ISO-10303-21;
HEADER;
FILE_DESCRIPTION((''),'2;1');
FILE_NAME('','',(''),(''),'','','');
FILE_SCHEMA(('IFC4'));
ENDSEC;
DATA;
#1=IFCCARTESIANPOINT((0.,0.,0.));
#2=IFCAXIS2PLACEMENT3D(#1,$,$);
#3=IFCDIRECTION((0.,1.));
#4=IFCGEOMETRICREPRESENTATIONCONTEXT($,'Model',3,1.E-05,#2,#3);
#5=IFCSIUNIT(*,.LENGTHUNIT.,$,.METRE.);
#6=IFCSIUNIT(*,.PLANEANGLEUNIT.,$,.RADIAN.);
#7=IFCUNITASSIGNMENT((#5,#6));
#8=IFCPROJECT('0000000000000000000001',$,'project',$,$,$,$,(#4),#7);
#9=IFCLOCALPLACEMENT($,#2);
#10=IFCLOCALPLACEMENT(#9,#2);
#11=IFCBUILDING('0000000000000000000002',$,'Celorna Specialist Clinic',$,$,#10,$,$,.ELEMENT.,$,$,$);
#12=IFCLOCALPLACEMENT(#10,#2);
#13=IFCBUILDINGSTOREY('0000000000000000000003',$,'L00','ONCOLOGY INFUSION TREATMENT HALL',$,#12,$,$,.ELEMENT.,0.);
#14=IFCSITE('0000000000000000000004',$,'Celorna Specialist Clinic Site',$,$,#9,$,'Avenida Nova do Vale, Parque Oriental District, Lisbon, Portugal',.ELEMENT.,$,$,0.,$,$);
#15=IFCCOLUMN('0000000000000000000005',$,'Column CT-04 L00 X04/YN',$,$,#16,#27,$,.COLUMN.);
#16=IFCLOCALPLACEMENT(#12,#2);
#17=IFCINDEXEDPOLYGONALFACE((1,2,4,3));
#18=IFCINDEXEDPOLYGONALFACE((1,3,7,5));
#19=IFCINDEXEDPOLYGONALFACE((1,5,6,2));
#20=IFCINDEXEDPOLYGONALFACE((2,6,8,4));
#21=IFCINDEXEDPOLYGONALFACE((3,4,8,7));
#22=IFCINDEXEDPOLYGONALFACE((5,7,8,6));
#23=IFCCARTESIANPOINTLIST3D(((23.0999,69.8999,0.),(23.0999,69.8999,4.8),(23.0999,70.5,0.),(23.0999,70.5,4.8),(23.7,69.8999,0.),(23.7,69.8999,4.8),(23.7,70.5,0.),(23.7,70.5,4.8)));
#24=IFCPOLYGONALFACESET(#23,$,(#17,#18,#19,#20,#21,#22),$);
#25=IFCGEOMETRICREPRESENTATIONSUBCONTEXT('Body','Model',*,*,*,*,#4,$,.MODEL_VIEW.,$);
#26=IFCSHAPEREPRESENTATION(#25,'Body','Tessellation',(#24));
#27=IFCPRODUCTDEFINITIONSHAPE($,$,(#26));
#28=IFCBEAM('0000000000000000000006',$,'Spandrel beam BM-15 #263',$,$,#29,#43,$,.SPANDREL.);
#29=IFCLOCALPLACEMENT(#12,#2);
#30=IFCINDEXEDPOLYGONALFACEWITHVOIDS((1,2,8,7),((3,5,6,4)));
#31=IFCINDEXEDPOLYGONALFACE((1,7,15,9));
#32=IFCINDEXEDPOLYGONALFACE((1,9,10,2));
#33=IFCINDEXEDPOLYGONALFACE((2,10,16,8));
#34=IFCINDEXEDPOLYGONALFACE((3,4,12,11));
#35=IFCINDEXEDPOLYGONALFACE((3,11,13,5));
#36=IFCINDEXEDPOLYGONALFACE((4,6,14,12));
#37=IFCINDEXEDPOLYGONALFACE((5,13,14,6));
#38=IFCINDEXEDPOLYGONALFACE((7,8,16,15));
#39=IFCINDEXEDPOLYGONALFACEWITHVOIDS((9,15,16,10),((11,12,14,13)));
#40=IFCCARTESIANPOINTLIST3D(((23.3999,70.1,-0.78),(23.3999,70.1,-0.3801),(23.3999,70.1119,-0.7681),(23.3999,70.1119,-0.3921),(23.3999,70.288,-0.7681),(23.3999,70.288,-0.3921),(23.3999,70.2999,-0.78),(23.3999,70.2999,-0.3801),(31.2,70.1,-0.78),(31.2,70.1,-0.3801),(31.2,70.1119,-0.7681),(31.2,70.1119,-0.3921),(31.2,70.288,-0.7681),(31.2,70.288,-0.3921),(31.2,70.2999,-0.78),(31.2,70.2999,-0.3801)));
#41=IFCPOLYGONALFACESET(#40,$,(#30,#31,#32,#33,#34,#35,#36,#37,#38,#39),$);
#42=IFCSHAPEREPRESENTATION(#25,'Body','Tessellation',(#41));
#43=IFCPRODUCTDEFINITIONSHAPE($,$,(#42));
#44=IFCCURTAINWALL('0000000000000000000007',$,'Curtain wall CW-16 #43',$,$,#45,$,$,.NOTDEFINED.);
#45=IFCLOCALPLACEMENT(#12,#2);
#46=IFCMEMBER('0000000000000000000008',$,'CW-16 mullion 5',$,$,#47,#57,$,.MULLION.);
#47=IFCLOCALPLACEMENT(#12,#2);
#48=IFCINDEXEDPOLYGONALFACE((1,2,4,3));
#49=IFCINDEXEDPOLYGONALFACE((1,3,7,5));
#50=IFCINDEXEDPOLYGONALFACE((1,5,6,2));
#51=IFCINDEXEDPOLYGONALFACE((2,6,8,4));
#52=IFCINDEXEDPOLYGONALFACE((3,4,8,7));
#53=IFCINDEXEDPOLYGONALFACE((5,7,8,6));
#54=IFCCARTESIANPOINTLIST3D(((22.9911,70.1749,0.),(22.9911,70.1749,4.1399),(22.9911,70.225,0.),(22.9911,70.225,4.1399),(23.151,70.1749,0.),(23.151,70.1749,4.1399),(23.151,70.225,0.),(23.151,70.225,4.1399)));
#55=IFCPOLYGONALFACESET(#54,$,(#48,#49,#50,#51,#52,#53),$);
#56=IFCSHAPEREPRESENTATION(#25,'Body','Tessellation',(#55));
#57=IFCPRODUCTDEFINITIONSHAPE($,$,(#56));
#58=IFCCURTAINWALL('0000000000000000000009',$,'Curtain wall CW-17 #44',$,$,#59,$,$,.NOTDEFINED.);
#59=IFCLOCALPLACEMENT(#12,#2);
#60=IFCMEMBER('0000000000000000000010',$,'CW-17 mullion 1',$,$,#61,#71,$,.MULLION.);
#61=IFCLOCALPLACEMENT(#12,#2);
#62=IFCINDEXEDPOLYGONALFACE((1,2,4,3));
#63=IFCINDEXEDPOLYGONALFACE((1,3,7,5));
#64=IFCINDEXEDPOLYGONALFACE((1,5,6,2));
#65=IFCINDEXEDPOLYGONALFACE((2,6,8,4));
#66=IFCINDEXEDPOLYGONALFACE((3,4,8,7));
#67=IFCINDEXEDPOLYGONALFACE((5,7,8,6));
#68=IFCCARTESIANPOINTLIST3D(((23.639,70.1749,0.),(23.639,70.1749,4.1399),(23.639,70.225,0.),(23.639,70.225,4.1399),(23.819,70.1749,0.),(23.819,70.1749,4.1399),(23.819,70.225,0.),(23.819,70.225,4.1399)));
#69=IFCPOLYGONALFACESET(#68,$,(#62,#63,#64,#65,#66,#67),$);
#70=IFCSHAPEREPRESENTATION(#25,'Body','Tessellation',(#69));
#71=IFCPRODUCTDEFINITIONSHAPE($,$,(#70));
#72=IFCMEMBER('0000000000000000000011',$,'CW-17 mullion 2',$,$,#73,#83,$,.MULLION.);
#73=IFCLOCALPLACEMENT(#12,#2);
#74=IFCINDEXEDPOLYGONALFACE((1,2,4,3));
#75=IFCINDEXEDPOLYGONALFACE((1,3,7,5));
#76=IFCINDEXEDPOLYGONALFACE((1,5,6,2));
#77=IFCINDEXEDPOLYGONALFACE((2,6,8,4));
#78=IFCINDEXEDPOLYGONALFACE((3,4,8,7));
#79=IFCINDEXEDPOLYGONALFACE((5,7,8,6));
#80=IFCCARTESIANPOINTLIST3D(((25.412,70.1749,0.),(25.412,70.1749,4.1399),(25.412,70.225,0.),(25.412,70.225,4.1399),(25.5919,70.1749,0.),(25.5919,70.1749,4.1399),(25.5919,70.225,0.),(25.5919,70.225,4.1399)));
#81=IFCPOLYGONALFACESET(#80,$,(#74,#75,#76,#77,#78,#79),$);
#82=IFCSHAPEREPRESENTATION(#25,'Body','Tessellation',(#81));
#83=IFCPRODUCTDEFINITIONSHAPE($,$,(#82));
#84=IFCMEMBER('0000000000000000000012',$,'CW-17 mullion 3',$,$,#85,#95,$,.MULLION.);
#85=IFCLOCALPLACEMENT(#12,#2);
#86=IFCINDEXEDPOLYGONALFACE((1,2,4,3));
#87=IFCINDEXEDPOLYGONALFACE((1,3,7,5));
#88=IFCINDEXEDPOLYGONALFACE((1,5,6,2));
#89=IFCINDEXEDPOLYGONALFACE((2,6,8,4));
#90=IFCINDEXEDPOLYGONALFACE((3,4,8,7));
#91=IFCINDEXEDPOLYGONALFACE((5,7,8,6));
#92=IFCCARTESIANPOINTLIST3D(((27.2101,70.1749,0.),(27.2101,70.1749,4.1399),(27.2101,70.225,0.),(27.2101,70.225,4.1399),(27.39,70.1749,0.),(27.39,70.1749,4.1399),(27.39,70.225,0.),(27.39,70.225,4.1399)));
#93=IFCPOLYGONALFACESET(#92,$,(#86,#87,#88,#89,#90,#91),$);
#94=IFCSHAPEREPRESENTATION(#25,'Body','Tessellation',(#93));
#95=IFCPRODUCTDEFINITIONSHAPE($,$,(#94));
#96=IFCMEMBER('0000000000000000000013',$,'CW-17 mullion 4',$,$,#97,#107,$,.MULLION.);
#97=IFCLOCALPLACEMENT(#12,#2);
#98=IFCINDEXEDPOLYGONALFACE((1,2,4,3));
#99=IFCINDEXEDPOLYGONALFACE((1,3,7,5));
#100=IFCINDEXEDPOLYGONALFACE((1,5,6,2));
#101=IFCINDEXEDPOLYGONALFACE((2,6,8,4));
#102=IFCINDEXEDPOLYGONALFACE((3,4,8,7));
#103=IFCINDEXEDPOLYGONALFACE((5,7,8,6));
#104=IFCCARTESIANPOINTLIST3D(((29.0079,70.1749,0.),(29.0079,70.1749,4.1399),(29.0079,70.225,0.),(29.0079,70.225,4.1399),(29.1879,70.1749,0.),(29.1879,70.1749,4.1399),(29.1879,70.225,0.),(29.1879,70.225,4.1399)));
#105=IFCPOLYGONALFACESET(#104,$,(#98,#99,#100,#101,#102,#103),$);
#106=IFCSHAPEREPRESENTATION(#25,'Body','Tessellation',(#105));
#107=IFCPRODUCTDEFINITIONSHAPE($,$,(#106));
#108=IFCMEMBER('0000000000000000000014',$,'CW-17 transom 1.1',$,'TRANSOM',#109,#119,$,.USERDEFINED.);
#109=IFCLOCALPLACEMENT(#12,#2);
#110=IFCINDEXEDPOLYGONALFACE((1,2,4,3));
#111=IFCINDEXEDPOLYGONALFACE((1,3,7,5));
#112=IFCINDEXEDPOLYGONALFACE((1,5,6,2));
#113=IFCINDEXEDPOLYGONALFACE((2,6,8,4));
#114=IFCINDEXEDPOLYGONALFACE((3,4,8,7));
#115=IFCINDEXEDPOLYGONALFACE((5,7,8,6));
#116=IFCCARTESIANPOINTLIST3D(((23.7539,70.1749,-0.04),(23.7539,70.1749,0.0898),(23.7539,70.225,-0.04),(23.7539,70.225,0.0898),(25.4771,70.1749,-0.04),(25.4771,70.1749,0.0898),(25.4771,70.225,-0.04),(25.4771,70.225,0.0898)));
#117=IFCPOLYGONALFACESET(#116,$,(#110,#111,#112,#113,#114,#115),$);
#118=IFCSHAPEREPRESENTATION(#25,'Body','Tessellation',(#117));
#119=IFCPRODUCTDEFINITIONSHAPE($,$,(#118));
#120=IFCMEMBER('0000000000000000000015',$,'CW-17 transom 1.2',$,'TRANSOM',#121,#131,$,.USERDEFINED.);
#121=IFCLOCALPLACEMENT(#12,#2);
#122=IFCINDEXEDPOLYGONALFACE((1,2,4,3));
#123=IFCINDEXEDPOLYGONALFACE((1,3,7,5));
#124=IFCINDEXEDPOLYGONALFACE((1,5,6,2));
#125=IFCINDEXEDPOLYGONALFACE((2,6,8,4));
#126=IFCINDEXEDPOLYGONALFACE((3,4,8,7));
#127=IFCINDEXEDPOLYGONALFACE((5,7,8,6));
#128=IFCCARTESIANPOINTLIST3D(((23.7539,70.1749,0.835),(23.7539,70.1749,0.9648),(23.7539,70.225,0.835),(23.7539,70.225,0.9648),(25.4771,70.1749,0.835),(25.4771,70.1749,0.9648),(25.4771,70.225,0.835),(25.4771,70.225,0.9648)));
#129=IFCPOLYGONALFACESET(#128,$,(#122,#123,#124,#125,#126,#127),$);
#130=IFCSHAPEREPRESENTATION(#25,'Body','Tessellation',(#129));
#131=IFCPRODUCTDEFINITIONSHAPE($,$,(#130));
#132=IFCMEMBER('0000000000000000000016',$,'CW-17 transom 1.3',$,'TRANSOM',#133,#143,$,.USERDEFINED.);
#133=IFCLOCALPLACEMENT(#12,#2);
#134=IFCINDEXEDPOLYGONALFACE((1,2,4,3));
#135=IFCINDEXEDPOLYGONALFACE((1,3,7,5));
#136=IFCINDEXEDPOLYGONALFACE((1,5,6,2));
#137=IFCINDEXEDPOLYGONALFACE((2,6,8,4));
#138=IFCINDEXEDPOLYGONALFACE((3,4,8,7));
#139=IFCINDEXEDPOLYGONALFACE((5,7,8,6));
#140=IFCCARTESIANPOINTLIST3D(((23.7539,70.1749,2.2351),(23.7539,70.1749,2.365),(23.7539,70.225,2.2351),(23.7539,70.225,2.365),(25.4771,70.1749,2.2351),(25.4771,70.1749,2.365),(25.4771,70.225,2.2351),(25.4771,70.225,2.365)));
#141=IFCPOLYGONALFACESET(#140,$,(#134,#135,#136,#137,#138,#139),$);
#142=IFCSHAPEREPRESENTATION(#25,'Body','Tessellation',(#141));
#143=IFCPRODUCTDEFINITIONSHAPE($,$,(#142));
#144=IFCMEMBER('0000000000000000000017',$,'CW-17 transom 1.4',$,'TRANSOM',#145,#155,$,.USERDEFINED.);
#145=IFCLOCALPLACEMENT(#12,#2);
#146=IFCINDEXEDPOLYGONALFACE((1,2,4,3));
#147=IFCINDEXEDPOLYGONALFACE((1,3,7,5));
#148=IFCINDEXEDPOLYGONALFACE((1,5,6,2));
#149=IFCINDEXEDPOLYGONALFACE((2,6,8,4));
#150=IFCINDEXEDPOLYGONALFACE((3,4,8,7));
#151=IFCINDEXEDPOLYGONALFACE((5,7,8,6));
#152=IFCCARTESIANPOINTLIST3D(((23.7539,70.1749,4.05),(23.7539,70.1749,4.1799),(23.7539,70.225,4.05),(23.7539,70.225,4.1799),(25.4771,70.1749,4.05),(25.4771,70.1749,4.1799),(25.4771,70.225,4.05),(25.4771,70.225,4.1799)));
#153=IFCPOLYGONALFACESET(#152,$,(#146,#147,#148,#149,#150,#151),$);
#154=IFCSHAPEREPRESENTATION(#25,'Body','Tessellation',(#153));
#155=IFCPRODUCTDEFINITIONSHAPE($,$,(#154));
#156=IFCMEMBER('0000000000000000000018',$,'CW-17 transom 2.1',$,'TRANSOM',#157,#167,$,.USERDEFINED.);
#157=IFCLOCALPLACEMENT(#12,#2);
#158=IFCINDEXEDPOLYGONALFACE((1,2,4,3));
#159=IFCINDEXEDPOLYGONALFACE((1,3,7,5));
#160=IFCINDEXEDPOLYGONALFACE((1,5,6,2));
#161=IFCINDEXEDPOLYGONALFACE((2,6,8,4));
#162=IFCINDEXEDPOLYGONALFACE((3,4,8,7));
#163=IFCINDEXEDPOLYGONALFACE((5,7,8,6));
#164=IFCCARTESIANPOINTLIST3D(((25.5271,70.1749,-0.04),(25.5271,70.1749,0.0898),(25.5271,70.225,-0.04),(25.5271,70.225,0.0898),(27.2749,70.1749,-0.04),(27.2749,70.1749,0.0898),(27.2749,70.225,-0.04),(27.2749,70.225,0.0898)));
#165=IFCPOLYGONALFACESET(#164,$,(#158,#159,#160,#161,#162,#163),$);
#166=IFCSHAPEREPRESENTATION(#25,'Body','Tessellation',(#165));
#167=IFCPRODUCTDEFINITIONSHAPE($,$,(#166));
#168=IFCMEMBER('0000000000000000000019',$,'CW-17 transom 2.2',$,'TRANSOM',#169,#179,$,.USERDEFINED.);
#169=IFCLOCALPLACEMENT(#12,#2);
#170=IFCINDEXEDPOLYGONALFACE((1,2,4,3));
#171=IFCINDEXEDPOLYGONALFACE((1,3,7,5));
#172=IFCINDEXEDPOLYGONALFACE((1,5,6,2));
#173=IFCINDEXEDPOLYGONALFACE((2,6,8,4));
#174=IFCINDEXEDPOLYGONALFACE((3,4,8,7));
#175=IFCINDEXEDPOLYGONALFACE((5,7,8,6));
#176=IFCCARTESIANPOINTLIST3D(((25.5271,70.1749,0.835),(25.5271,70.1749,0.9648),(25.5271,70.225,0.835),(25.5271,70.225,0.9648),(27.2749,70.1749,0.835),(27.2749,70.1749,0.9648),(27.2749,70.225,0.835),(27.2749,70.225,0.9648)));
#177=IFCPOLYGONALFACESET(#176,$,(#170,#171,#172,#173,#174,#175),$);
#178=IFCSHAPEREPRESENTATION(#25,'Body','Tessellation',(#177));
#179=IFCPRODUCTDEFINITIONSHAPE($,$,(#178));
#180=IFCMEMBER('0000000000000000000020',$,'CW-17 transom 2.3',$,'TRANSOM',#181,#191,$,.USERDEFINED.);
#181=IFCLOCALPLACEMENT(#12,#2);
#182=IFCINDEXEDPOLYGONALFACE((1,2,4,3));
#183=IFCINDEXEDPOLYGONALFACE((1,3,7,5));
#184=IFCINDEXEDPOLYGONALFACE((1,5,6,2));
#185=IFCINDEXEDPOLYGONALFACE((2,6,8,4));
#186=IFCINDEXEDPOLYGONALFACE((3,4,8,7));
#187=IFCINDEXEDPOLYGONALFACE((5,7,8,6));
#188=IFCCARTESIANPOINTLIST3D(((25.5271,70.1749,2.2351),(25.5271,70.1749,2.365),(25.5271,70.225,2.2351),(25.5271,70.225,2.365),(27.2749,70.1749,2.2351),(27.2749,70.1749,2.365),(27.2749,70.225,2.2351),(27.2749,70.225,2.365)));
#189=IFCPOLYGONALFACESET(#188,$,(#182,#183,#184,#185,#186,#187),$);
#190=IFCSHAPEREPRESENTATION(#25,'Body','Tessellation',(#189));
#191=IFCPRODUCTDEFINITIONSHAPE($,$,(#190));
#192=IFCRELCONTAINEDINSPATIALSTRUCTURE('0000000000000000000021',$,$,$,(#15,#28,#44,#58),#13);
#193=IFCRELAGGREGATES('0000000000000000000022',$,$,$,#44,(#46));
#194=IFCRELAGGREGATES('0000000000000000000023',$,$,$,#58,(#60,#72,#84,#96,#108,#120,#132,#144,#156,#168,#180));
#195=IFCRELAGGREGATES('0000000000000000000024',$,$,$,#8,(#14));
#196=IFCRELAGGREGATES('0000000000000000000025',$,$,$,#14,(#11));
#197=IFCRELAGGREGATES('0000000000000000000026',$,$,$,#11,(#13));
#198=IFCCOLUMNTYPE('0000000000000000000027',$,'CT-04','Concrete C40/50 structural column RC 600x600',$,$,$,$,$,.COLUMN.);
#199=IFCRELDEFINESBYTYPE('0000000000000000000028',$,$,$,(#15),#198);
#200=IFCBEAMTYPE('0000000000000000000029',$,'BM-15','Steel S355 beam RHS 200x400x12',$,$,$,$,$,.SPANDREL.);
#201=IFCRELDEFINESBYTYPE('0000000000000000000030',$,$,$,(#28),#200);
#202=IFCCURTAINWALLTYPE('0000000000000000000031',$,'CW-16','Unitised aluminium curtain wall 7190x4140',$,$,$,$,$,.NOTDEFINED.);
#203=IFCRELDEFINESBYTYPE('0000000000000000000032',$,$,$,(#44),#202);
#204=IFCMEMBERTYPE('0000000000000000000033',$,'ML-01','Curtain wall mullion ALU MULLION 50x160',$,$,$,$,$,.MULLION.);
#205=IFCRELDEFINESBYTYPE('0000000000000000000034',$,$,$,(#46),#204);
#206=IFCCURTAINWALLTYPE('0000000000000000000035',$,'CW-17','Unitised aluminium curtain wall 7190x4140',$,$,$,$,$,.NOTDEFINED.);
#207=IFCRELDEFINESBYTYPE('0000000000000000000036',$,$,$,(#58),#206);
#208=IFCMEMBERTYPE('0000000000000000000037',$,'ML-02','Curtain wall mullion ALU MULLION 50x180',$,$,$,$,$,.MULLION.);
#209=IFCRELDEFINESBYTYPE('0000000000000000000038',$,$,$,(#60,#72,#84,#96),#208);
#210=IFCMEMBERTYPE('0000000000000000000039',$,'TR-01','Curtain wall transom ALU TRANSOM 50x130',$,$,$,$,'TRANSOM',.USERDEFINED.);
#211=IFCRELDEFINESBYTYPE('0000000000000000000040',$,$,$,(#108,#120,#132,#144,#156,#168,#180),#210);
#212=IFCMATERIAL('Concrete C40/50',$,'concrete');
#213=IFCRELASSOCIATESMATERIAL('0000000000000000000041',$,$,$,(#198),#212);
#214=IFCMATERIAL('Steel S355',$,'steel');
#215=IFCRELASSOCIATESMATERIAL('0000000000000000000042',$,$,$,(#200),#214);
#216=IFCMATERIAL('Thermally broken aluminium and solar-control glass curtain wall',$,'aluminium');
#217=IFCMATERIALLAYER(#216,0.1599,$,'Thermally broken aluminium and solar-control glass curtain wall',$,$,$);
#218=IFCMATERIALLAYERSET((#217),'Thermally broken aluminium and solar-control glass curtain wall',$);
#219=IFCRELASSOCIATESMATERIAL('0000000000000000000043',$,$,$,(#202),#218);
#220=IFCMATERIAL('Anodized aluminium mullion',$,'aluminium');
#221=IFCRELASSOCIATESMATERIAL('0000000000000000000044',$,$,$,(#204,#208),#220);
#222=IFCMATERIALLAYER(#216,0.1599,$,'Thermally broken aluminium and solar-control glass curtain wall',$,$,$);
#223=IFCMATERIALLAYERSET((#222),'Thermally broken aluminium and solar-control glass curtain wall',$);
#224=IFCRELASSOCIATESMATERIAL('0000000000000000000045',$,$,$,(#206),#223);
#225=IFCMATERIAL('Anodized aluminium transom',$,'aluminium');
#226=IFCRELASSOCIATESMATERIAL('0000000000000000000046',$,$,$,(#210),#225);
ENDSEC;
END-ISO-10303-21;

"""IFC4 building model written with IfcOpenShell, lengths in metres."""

from ifc_helpers import new_model, si_unit, direction, frame, origin, origin_2d, place, context, subcontext, project, spatial, rectangle, hollow_rectangle, extrude, material, layer, layer_set, material_profile, profile_set, type_object, element, aggregate, save


model = new_model("IFC4")

# Units and contexts
model_context = context("Model", 3, precision=1e-05, world=origin(), true_north=direction((0.0, 1.0)))
body_context = subcontext(model_context, "Body", "Model", "MODEL_VIEW")
ifc_project = project(units=[si_unit("LENGTHUNIT", "METRE"), si_unit("PLANEANGLEUNIT", "RADIAN")], contexts=[model_context])

# Site, building, storey
site_placement = place(None, origin())
site = spatial("IfcSite", under=ifc_project, at=site_placement, Name="Celorna Specialist Clinic Site", LongName="Avenida Nova do Vale, Parque Oriental District, Lisbon, Portugal", CompositionType="ELEMENT", RefElevation=0.0)
building_placement = place(site_placement, origin())
building = spatial("IfcBuilding", under=site, at=building_placement, Name="Celorna Specialist Clinic", CompositionType="ELEMENT")
storey_placement = place(building_placement, origin())
storey = spatial("IfcBuildingStorey", under=building, at=storey_placement, Name="L00", Description="ONCOLOGY INFUSION TREATMENT HALL", CompositionType="ELEMENT", Elevation=0.0)

# Column
ifc_material_1 = material(Name="Concrete C40/50", Category="concrete")
ifc_material_profile_1 = material_profile(ifc_material_1, rectangle(XDim=0.6001, YDim=0.6001, at=origin_2d()), Name="RC 600x600")
ifc_profile_set_1 = profile_set([ifc_material_profile_1], Name="Concrete C40/50")
column_type = type_object("IfcColumnType", Name="CT-04", Description="Concrete C40/50 structural column RC 600x600", PredefinedType="COLUMN", material=ifc_profile_set_1)
column_placement = place(storey_placement, frame((23.3999, 70.2, 0.0), z_axis=(0.0, 0.0, 1.0), x_axis=(1.0, 0.0, 0.0)))
element("IfcColumn", 1, at=column_placement, inside=storey, type_object=column_type, Name="Column CT-04 L00 X04/YN", PredefinedType="COLUMN", context=body_context, shape_type="SweptSolid", body=[
    extrude(rectangle(XDim=0.6001, YDim=0.6001, at=origin_2d()), origin(), (0.0, 0.0, 1.0), 4.8),
])

# Beam
ifc_material_2 = material(Name="Steel S355", Category="steel")
ifc_material_profile_2 = material_profile(ifc_material_2, hollow_rectangle(XDim=0.2, YDim=0.3999, WallThickness=0.012, at=origin_2d()), Name="RHS 200x400x12")
ifc_profile_set_2 = profile_set([ifc_material_profile_2], Name="Steel S355")
beam_type = type_object("IfcBeamType", Name="BM-15", Description="Steel S355 beam RHS 200x400x12", PredefinedType="SPANDREL", material=ifc_profile_set_2)
beam_placement = place(storey_placement, frame((23.3999, 70.2, -0.5801), z_axis=(1.0, 0.0, 0.0), x_axis=(0.0, 1.0, 0.0)))
element("IfcBeam", 2, at=beam_placement, inside=storey, type_object=beam_type, Name="Spandrel beam BM-15 #263", PredefinedType="SPANDREL", context=body_context, shape_type="SweptSolid", body=[
    extrude(hollow_rectangle(XDim=0.2, YDim=0.3999, WallThickness=0.012, at=origin_2d()), origin(), (0.0, 0.0, 1.0), 7.8),
])

# Curtain wall, member
ifc_material_3 = material(Name="Thermally broken aluminium and solar-control glass curtain wall", Category="aluminium")
ifc_layer_1 = layer(ifc_material_3, 0.1599, Name="Thermally broken aluminium and solar-control glass curtain wall")
ifc_layer_set_1 = layer_set([ifc_layer_1], Name="Thermally broken aluminium and solar-control glass curtain wall")
curtain_wall_type_1 = type_object("IfcCurtainWallType", Name="CW-16", Description="Unitised aluminium curtain wall 7190x4140", PredefinedType="NOTDEFINED", material=ifc_layer_set_1)
curtain_wall_1_placement = place(storey_placement, origin())
curtain_wall_1 = element("IfcCurtainWall", 3, at=curtain_wall_1_placement, inside=storey, type_object=curtain_wall_type_1, Name="Curtain wall CW-16 #43", PredefinedType="NOTDEFINED")
ifc_material_4 = material(Name="Anodized aluminium mullion", Category="aluminium")
ifc_material_profile_3 = material_profile(ifc_material_4, rectangle(XDim=0.05, YDim=0.1599, at=origin_2d()), Name="ALU MULLION 50x160")
ifc_profile_set_3 = profile_set([ifc_material_profile_3], Name="Anodized aluminium mullion")
member_type_1 = type_object("IfcMemberType", Name="ML-01", Description="Curtain wall mullion ALU MULLION 50x160", PredefinedType="MULLION", material=ifc_profile_set_3)
member_1_placement = place(storey_placement, frame((23.071, 70.2, 0.0), z_axis=(0.0, 0.0, 1.0), x_axis=(0.0, 1.0, 0.0)))
member_1 = element("IfcMember", 4, at=member_1_placement, type_object=member_type_1, Name="CW-16 mullion 5", PredefinedType="MULLION", context=body_context, shape_type="SweptSolid", body=[
    extrude(rectangle(XDim=0.05, YDim=0.1599, at=origin_2d()), origin(), (0.0, 0.0, 1.0), 4.1399),
])

# Curtain wall, members
ifc_layer_2 = layer(ifc_material_3, 0.1599, Name="Thermally broken aluminium and solar-control glass curtain wall")
ifc_layer_set_2 = layer_set([ifc_layer_2], Name="Thermally broken aluminium and solar-control glass curtain wall")
curtain_wall_type_2 = type_object("IfcCurtainWallType", Name="CW-17", Description="Unitised aluminium curtain wall 7190x4140", PredefinedType="NOTDEFINED", material=ifc_layer_set_2)
curtain_wall_2_placement = place(storey_placement, origin())
curtain_wall_2 = element("IfcCurtainWall", 5, at=curtain_wall_2_placement, inside=storey, type_object=curtain_wall_type_2, Name="Curtain wall CW-17 #44", PredefinedType="NOTDEFINED")
ifc_material_profile_4 = material_profile(ifc_material_4, rectangle(XDim=0.05, YDim=0.1799, at=origin_2d()), Name="ALU MULLION 50x180")
ifc_profile_set_4 = profile_set([ifc_material_profile_4], Name="Anodized aluminium mullion")
member_type_2 = type_object("IfcMemberType", Name="ML-02", Description="Curtain wall mullion ALU MULLION 50x180", PredefinedType="MULLION", material=ifc_profile_set_4)
member_2_placement = place(storey_placement, frame((23.729, 70.2, 0.0), z_axis=(0.0, 0.0, 1.0), x_axis=(0.0, 1.0, 0.0)))
member_2 = element("IfcMember", 6, at=member_2_placement, type_object=member_type_2, Name="CW-17 mullion 1", PredefinedType="MULLION", context=body_context, shape_type="SweptSolid", body=[
    extrude(rectangle(XDim=0.05, YDim=0.1799, at=origin_2d()), origin(), (0.0, 0.0, 1.0), 4.1399),
])
member_3_placement = place(storey_placement, frame((25.502, 70.2, 0.0), z_axis=(0.0, 0.0, 1.0), x_axis=(0.0, 1.0, 0.0)))
member_3 = element("IfcMember", 7, at=member_3_placement, type_object=member_type_2, Name="CW-17 mullion 2", PredefinedType="MULLION", context=body_context, shape_type="SweptSolid", body=[
    extrude(rectangle(XDim=0.05, YDim=0.1799, at=origin_2d()), origin(), (0.0, 0.0, 1.0), 4.1399),
])
member_4_placement = place(storey_placement, frame((27.3, 70.2, 0.0), z_axis=(0.0, 0.0, 1.0), x_axis=(0.0, 1.0, 0.0)))
member_4 = element("IfcMember", 8, at=member_4_placement, type_object=member_type_2, Name="CW-17 mullion 3", PredefinedType="MULLION", context=body_context, shape_type="SweptSolid", body=[
    extrude(rectangle(XDim=0.05, YDim=0.1799, at=origin_2d()), origin(), (0.0, 0.0, 1.0), 4.1399),
])
member_5_placement = place(storey_placement, frame((29.0979, 70.2, 0.0), z_axis=(0.0, 0.0, 1.0), x_axis=(0.0, 1.0, 0.0)))
member_5 = element("IfcMember", 9, at=member_5_placement, type_object=member_type_2, Name="CW-17 mullion 4", PredefinedType="MULLION", context=body_context, shape_type="SweptSolid", body=[
    extrude(rectangle(XDim=0.05, YDim=0.1799, at=origin_2d()), origin(), (0.0, 0.0, 1.0), 4.1399),
])
ifc_material_5 = material(Name="Anodized aluminium transom", Category="aluminium")
ifc_material_profile_5 = material_profile(ifc_material_5, rectangle(XDim=0.05, YDim=0.1299, at=origin_2d()), Name="ALU TRANSOM 50x130")
ifc_profile_set_5 = profile_set([ifc_material_profile_5], Name="Anodized aluminium transom")
member_type_3 = type_object("IfcMemberType", Name="TR-01", Description="Curtain wall transom ALU TRANSOM 50x130", ElementType="TRANSOM", PredefinedType="USERDEFINED", material=ifc_profile_set_5)
member_6_placement = place(storey_placement, frame((23.7539, 70.2, 0.0249), z_axis=(1.0, 0.0, 0.0), x_axis=(0.0, 1.0, 0.0)))
member_6 = element("IfcMember", 10, at=member_6_placement, type_object=member_type_3, Name="CW-17 transom 1.1", ObjectType="TRANSOM", PredefinedType="USERDEFINED", context=body_context, shape_type="SweptSolid", body=[
    extrude(rectangle(XDim=0.05, YDim=0.1299, at=origin_2d()), origin(), (0.0, 0.0, 1.0), 1.7231),
])
member_7_placement = place(storey_placement, frame((23.7539, 70.2, 0.8999), z_axis=(1.0, 0.0, 0.0), x_axis=(0.0, 1.0, 0.0)))
member_7 = element("IfcMember", 11, at=member_7_placement, type_object=member_type_3, Name="CW-17 transom 1.2", ObjectType="TRANSOM", PredefinedType="USERDEFINED", context=body_context, shape_type="SweptSolid", body=[
    extrude(rectangle(XDim=0.05, YDim=0.1299, at=origin_2d()), origin(), (0.0, 0.0, 1.0), 1.7231),
])
member_8_placement = place(storey_placement, frame((23.7539, 70.2, 2.3), z_axis=(1.0, 0.0, 0.0), x_axis=(0.0, 1.0, 0.0)))
member_8 = element("IfcMember", 12, at=member_8_placement, type_object=member_type_3, Name="CW-17 transom 1.3", ObjectType="TRANSOM", PredefinedType="USERDEFINED", context=body_context, shape_type="SweptSolid", body=[
    extrude(rectangle(XDim=0.05, YDim=0.1299, at=origin_2d()), origin(), (0.0, 0.0, 1.0), 1.7231),
])
member_9_placement = place(storey_placement, frame((23.7539, 70.2, 4.115), z_axis=(1.0, 0.0, 0.0), x_axis=(0.0, 1.0, 0.0)))
member_9 = element("IfcMember", 13, at=member_9_placement, type_object=member_type_3, Name="CW-17 transom 1.4", ObjectType="TRANSOM", PredefinedType="USERDEFINED", context=body_context, shape_type="SweptSolid", body=[
    extrude(rectangle(XDim=0.05, YDim=0.1299, at=origin_2d()), origin(), (0.0, 0.0, 1.0), 1.7231),
])
member_10_placement = place(storey_placement, frame((25.5271, 70.2, 0.0249), z_axis=(1.0, 0.0, 0.0), x_axis=(0.0, 1.0, 0.0)))
member_10 = element("IfcMember", 14, at=member_10_placement, type_object=member_type_3, Name="CW-17 transom 2.1", ObjectType="TRANSOM", PredefinedType="USERDEFINED", context=body_context, shape_type="SweptSolid", body=[
    extrude(rectangle(XDim=0.05, YDim=0.1299, at=origin_2d()), origin(), (0.0, 0.0, 1.0), 1.7478),
])
member_11_placement = place(storey_placement, frame((25.5271, 70.2, 0.8999), z_axis=(1.0, 0.0, 0.0), x_axis=(0.0, 1.0, 0.0)))
member_11 = element("IfcMember", 15, at=member_11_placement, type_object=member_type_3, Name="CW-17 transom 2.2", ObjectType="TRANSOM", PredefinedType="USERDEFINED", context=body_context, shape_type="SweptSolid", body=[
    extrude(rectangle(XDim=0.05, YDim=0.1299, at=origin_2d()), origin(), (0.0, 0.0, 1.0), 1.7478),
])
member_12_placement = place(storey_placement, frame((25.5271, 70.2, 2.3), z_axis=(1.0, 0.0, 0.0), x_axis=(0.0, 1.0, 0.0)))
member_12 = element("IfcMember", 16, at=member_12_placement, type_object=member_type_3, Name="CW-17 transom 2.3", ObjectType="TRANSOM", PredefinedType="USERDEFINED", context=body_context, shape_type="SweptSolid", body=[
    extrude(rectangle(XDim=0.05, YDim=0.1299, at=origin_2d()), origin(), (0.0, 0.0, 1.0), 1.7478),
])

aggregate(curtain_wall_1, [member_1])
aggregate(curtain_wall_2, [member_2, member_3, member_4, member_5, member_6, member_7, member_8, member_9, member_10, member_11, member_12])

save(model, "model.ifc")
